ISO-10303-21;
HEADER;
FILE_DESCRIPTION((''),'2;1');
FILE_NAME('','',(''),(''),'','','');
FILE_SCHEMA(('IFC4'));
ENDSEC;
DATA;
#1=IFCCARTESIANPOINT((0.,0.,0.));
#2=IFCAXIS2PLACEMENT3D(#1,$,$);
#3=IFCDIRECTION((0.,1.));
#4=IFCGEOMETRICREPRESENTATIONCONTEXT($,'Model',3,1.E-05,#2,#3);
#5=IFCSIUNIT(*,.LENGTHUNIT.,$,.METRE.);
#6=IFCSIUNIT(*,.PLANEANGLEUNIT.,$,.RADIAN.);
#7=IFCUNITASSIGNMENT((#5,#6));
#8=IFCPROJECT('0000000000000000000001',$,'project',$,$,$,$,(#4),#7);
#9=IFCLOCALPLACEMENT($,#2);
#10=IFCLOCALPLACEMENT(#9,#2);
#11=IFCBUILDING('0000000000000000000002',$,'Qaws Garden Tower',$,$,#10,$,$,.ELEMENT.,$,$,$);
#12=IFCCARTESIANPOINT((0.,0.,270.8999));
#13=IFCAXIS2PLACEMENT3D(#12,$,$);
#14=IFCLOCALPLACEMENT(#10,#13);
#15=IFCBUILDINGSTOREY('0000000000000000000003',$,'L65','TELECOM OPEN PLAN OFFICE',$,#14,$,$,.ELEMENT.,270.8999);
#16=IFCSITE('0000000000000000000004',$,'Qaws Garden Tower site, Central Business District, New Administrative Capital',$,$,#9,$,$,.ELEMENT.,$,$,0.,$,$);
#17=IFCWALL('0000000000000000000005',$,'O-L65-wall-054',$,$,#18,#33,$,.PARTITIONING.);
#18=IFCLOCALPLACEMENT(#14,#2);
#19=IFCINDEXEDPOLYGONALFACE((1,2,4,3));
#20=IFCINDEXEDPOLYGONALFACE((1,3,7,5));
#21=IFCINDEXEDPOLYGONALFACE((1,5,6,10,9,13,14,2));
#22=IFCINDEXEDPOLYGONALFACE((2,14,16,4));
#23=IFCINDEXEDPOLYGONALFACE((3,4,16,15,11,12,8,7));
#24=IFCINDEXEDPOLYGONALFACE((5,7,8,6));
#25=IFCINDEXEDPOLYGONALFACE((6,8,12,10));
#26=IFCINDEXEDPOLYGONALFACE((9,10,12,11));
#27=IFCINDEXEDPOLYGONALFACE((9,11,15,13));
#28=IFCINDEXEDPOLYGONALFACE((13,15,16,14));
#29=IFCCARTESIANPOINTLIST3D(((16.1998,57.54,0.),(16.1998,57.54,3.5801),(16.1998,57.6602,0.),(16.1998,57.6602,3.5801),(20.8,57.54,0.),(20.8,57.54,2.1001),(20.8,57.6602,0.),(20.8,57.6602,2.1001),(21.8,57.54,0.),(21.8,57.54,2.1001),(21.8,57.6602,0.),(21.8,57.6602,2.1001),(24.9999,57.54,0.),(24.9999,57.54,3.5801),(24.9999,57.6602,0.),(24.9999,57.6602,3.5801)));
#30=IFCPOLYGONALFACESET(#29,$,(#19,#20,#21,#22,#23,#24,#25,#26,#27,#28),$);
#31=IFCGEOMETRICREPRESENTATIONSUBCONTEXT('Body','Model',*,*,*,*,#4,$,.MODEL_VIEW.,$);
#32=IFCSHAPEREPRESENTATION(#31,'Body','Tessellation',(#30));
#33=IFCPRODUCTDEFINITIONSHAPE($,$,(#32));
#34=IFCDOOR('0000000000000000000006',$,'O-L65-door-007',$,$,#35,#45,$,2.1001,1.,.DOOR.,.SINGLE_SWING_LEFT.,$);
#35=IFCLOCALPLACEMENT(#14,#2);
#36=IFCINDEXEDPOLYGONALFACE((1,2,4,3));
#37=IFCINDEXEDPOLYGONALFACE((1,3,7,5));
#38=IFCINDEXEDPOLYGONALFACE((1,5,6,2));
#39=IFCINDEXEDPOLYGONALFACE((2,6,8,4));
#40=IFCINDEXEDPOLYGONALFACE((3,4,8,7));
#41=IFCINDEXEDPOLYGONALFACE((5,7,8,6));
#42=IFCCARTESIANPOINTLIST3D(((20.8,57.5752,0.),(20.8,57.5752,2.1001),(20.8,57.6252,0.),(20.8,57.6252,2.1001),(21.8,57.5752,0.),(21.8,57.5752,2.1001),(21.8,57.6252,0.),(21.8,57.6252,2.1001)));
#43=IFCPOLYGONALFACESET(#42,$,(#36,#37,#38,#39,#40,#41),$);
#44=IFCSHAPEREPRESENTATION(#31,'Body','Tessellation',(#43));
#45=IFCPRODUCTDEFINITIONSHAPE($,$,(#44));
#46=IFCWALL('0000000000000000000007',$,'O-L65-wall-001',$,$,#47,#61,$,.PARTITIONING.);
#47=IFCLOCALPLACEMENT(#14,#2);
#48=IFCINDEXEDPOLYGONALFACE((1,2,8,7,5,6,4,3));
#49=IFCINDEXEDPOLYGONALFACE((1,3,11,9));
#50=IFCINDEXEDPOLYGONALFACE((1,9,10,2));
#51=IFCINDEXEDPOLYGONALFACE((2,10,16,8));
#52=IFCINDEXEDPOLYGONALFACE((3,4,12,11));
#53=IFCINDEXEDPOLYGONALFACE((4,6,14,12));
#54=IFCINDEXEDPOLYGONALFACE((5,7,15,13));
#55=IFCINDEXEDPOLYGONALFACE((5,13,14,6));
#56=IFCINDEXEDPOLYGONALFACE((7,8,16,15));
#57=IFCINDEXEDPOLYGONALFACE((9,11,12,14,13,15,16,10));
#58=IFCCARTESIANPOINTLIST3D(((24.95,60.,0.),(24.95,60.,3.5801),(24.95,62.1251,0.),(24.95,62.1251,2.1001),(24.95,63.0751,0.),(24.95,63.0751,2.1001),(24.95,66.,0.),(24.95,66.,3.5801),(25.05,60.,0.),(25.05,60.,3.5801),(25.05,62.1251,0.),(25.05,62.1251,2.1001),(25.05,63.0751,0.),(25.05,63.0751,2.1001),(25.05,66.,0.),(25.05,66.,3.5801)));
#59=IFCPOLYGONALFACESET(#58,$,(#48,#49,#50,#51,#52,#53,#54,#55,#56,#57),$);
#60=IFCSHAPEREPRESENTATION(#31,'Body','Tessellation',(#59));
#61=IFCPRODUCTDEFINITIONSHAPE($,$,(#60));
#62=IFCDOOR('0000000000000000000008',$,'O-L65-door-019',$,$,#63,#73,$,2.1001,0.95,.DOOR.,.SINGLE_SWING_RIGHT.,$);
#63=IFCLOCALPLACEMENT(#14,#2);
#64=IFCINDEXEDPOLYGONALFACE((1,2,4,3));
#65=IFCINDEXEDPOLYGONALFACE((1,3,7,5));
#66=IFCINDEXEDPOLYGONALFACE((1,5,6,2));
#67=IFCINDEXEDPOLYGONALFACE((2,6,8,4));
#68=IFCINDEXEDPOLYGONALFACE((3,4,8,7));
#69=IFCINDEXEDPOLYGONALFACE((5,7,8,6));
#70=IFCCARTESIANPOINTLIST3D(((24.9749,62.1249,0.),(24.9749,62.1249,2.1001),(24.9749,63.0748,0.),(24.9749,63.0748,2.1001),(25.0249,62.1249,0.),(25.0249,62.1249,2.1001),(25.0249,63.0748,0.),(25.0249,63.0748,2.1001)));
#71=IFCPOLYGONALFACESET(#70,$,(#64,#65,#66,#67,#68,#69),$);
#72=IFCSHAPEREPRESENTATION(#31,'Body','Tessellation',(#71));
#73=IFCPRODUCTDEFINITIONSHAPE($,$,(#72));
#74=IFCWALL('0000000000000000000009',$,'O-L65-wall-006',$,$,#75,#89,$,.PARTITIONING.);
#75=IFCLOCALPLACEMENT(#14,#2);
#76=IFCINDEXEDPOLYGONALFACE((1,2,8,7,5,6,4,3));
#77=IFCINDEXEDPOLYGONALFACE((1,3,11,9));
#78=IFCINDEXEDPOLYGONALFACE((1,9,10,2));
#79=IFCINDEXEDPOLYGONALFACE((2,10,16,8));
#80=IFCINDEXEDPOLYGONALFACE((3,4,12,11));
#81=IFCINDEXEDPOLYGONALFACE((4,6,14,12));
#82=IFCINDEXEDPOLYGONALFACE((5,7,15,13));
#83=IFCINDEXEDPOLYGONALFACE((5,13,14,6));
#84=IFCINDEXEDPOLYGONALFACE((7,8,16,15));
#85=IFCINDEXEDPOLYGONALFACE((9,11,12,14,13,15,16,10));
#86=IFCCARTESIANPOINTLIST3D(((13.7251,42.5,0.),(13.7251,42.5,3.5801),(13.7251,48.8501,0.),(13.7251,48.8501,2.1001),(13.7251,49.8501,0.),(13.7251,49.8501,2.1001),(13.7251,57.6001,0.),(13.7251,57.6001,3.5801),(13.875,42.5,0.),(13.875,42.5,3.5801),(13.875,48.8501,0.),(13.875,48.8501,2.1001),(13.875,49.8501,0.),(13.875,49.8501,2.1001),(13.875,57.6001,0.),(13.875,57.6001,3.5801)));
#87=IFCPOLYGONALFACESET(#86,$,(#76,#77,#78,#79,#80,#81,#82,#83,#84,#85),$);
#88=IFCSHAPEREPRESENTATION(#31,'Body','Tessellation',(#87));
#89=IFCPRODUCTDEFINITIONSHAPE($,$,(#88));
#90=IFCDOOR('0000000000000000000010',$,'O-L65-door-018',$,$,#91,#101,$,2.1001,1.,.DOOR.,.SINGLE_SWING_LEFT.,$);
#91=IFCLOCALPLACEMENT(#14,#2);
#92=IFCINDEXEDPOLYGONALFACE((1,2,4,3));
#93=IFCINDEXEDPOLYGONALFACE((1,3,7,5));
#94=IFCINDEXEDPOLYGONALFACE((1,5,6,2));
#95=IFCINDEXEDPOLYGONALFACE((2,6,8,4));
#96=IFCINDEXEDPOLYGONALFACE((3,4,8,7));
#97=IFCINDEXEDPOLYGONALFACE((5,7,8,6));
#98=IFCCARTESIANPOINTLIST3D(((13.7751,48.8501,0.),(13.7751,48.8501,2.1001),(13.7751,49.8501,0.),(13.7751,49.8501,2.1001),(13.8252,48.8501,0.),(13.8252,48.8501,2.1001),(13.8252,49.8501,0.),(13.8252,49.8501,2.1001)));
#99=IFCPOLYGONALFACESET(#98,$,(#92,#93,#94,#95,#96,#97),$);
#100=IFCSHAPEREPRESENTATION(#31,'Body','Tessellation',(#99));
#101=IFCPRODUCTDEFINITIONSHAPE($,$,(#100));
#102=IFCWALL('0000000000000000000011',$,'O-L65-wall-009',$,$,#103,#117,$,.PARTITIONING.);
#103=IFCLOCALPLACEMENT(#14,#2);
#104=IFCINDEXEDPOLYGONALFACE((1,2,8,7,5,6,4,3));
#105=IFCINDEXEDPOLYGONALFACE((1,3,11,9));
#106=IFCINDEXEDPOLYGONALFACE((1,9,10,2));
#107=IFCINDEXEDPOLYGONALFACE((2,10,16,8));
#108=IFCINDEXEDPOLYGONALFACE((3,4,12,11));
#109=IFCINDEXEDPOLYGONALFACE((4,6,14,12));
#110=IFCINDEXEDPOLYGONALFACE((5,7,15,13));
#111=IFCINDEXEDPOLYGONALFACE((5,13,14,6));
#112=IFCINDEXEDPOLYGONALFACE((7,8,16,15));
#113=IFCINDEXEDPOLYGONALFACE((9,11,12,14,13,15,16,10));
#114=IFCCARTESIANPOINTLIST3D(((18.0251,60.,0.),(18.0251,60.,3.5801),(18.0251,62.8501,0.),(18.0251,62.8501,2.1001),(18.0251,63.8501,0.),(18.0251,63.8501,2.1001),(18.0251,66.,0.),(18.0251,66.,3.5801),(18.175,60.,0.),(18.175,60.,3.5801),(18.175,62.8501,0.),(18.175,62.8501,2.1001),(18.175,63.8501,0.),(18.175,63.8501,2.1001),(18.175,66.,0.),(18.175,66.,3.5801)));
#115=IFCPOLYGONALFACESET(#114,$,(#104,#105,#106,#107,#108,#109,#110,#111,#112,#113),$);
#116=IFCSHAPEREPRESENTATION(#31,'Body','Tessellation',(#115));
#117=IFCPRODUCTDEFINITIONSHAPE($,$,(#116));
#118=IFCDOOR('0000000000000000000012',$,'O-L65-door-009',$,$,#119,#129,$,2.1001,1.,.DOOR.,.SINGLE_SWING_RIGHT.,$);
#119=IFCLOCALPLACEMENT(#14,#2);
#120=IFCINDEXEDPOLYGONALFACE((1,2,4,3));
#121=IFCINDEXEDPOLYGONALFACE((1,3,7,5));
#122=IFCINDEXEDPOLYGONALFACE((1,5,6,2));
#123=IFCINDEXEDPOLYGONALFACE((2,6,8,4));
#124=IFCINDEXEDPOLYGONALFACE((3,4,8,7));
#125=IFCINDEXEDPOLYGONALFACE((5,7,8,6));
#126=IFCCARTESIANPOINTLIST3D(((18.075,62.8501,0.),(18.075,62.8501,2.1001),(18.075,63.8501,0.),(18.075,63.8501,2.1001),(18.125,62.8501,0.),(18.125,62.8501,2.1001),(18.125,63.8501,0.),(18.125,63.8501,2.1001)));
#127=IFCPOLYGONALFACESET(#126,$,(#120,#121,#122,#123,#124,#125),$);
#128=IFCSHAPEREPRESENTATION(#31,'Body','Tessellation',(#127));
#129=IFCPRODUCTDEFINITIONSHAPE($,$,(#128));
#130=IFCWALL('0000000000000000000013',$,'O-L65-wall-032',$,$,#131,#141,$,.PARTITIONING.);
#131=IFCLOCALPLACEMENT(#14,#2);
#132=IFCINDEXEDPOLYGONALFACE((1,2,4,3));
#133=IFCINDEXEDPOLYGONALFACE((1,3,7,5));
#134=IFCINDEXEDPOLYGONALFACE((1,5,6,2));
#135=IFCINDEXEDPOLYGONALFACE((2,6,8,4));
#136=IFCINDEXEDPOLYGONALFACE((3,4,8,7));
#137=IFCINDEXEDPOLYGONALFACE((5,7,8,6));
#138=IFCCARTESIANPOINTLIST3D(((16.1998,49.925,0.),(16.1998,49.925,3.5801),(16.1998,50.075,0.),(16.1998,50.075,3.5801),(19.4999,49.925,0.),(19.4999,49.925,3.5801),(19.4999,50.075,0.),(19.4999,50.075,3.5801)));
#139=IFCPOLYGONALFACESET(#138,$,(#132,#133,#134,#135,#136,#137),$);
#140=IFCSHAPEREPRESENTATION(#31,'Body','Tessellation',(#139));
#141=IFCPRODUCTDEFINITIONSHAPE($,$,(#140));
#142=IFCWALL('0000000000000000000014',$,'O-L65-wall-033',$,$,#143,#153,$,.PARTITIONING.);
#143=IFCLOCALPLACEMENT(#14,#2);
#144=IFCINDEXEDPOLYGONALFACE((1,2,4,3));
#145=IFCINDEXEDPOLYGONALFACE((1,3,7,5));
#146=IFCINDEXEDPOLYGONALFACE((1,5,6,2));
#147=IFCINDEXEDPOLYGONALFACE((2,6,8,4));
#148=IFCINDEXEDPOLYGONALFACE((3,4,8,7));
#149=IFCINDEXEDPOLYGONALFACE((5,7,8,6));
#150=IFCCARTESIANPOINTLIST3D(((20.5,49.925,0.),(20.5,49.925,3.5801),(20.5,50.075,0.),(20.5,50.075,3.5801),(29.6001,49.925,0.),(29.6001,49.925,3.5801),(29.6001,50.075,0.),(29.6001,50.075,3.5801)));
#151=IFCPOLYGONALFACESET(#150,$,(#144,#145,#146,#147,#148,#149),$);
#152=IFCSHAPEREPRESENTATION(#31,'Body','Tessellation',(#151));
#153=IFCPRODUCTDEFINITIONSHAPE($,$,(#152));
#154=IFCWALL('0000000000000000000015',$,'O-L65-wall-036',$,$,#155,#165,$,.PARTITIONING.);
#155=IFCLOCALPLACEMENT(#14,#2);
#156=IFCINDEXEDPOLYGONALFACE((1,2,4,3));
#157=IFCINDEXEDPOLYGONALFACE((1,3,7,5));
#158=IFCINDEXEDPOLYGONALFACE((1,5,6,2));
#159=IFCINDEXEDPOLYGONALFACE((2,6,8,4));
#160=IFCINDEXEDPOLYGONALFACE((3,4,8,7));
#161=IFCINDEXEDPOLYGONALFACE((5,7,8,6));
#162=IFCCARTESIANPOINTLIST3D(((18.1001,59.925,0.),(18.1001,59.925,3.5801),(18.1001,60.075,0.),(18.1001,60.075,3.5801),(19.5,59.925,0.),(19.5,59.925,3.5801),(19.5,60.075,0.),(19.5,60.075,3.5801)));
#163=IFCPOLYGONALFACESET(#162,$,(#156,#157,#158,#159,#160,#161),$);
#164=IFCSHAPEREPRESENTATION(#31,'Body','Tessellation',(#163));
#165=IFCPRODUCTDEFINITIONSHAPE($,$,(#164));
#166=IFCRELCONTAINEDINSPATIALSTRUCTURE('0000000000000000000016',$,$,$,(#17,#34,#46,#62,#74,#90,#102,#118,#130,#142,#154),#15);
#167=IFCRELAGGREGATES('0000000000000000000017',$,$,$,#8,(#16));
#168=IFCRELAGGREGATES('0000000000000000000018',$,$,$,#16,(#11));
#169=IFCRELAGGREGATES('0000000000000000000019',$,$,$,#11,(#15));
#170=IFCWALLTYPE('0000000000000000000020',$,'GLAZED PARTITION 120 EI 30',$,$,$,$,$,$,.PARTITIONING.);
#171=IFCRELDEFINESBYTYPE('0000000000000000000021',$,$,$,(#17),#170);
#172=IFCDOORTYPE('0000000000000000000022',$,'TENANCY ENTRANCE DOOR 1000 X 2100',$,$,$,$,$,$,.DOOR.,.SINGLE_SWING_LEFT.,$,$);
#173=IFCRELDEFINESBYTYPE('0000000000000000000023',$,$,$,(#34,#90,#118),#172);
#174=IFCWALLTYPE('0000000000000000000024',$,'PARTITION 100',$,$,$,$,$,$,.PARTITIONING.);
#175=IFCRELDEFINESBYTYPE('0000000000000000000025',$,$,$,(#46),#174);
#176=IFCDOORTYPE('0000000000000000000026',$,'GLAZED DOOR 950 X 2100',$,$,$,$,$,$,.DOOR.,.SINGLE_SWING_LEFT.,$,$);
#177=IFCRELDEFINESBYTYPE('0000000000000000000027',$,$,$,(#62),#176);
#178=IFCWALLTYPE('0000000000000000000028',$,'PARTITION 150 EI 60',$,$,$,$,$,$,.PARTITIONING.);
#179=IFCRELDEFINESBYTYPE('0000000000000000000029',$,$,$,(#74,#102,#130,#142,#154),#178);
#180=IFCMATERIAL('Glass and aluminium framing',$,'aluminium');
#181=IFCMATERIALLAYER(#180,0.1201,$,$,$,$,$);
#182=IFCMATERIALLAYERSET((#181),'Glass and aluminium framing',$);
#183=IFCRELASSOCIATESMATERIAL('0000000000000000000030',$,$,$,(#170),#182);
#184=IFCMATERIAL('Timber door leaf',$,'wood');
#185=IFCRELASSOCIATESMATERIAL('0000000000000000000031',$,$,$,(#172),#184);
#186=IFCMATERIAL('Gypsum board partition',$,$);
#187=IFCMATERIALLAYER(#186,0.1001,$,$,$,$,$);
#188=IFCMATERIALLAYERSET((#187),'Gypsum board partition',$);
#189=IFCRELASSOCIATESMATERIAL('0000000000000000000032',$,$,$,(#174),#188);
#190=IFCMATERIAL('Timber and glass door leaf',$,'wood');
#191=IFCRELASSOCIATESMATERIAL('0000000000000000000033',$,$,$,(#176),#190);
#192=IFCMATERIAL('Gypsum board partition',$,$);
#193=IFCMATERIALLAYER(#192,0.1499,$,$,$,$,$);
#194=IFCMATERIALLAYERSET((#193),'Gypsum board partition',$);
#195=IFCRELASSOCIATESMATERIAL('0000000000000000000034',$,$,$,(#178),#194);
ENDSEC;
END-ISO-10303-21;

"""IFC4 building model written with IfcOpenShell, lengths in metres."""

from ifc_helpers import new_model, si_unit, direction, frame, frame_2d, origin, place, context, subcontext, project, spatial, rectangle, extrude, material, layer, layer_set, type_object, element, fill, save


model = new_model("IFC4")

# Units and contexts
model_context = context("Model", 3, precision=1e-05, world=origin(), true_north=direction((0.0, 1.0)))
body_context = subcontext(model_context, "Body", "Model", "MODEL_VIEW")
ifc_project = project(units=[si_unit("LENGTHUNIT", "METRE"), si_unit("PLANEANGLEUNIT", "RADIAN")], contexts=[model_context])

# Site, building, storey
site_placement = place(None, origin())
site = spatial("IfcSite", under=ifc_project, at=site_placement, Name="Qaws Garden Tower site, Central Business District, New Administrative Capital", CompositionType="ELEMENT", RefElevation=0.0)
building_placement = place(site_placement, origin())
building = spatial("IfcBuilding", under=site, at=building_placement, Name="Qaws Garden Tower", CompositionType="ELEMENT")
storey_placement = place(building_placement, frame((0.0, 0.0, 270.8999)))
storey = spatial("IfcBuildingStorey", under=building, at=storey_placement, Name="L65", Description="TELECOM OPEN PLAN OFFICE", CompositionType="ELEMENT", Elevation=270.8999)

# Shared definitions
ifc_material_1 = material(Name="Glass and aluminium framing", Category="aluminium")
ifc_layer_1 = layer(ifc_material_1, 0.1201)
ifc_layer_set_1 = layer_set([ifc_layer_1], Name="Glass and aluminium framing")
wall_type_1 = type_object("IfcWallType", Name="GLAZED PARTITION 120 EI 30", PredefinedType="PARTITIONING", material=ifc_layer_set_1)

# Walls, openings, doors
wall_1_placement = place(storey_placement, frame((16.2, 57.6001, 0.0), z_axis=(0.0, 0.0, 1.0), x_axis=(1.0, 0.0, 0.0)))
wall_1 = element("IfcWall", 1, at=wall_1_placement, inside=storey, type_object=wall_type_1, Name="O-L65-wall-054", PredefinedType="PARTITIONING", context=body_context, shape_type="SweptSolid", body=[
    extrude(rectangle(XDim=8.8, YDim=0.1201, at=frame_2d((4.3999, 0.0))), origin(), (0.0, 0.0, 1.0), 3.5801),
])
opening_1_placement = place(wall_1_placement, frame((4.6001, 0.0, 0.0)))
opening_1 = element("IfcOpeningElement", 2, at=opening_1_placement, cuts=wall_1, PredefinedType="OPENING", context=body_context, shape_type="SweptSolid", body=[
    extrude(rectangle(XDim=1.0, YDim=2.1001, at=frame_2d((0.5, 1.05))), frame((0.0, 0.0701, 0.0), z_axis=(0.0, -1.0, 0.0), x_axis=(1.0, 0.0, 0.0)), (0.0, 0.0, 1.0), 0.1401),
])
ifc_material_2 = material(Name="Timber door leaf", Category="wood")
door_type_1 = type_object("IfcDoorType", Name="TENANCY ENTRANCE DOOR 1000 X 2100", OperationType="SINGLE_SWING_LEFT", PredefinedType="DOOR", material=ifc_material_2)
door_1_placement = place(opening_1_placement, frame((1.0, 0.0, 0.0), z_axis=(0.0, 0.0, 1.0), x_axis=(-1.0, 0.0, 0.0)))
door_1 = element("IfcDoor", 3, at=door_1_placement, inside=storey, type_object=door_type_1, Name="O-L65-door-007", OperationType="SINGLE_SWING_LEFT", OverallHeight=2.1001, OverallWidth=1.0, PredefinedType="DOOR", context=body_context, shape_type="SweptSolid", body=[
    extrude(rectangle(XDim=1.0, YDim=2.1001, at=frame_2d((0.5, 1.05))), frame((0.0, 0.0249, 0.0), z_axis=(0.0, -1.0, 0.0), x_axis=(1.0, 0.0, 0.0)), (0.0, 0.0, 1.0), 0.05),
])
fill(opening_1, door_1)
ifc_material_3 = material(Name="Gypsum board partition")
ifc_layer_2 = layer(ifc_material_3, 0.1001)
ifc_layer_set_2 = layer_set([ifc_layer_2], Name="Gypsum board partition")
wall_type_2 = type_object("IfcWallType", Name="PARTITION 100", PredefinedType="PARTITIONING", material=ifc_layer_set_2)
wall_2_placement = place(storey_placement, frame((25.0, 60.0, 0.0), z_axis=(0.0, 0.0, 1.0), x_axis=(0.0, 1.0, 0.0)))
wall_2 = element("IfcWall", 4, at=wall_2_placement, inside=storey, type_object=wall_type_2, Name="O-L65-wall-001", PredefinedType="PARTITIONING", context=body_context, shape_type="SweptSolid", body=[
    extrude(rectangle(XDim=6.0, YDim=0.1001, at=frame_2d((3.0, 0.0))), origin(), (0.0, 0.0, 1.0), 3.5801),
])
opening_2_placement = place(wall_2_placement, frame((2.125, 0.0, 0.0)))
opening_2 = element("IfcOpeningElement", 5, at=opening_2_placement, cuts=wall_2, PredefinedType="OPENING", context=body_context, shape_type="SweptSolid", body=[
    extrude(rectangle(XDim=0.95, YDim=2.1001, at=frame_2d((0.4751, 1.05))), frame((0.0, 0.0601, 0.0), z_axis=(0.0, -1.0, 0.0), x_axis=(1.0, 0.0, 0.0)), (0.0, 0.0, 1.0), 0.1201),
])
ifc_material_4 = material(Name="Timber and glass door leaf", Category="wood")
door_type_2 = type_object("IfcDoorType", Name="GLAZED DOOR 950 X 2100", OperationType="SINGLE_SWING_LEFT", PredefinedType="DOOR", material=ifc_material_4)
door_2_placement = place(opening_2_placement, frame((0.95, 0.0, 0.0), z_axis=(0.0, 0.0, 1.0), x_axis=(-1.0, 0.0, 0.0)))
door_2 = element("IfcDoor", 6, at=door_2_placement, inside=storey, type_object=door_type_2, Name="O-L65-door-019", OperationType="SINGLE_SWING_RIGHT", OverallHeight=2.1001, OverallWidth=0.95, PredefinedType="DOOR", context=body_context, shape_type="SweptSolid", body=[
    extrude(rectangle(XDim=0.95, YDim=2.1001, at=frame_2d((0.4751, 1.05))), frame((0.0, 0.0249, 0.0), z_axis=(0.0, -1.0, 0.0), x_axis=(1.0, 0.0, 0.0)), (0.0, 0.0, 1.0), 0.05),
])
fill(opening_2, door_2)
ifc_material_5 = material(Name="Gypsum board partition")
ifc_layer_3 = layer(ifc_material_5, 0.1499)
ifc_layer_set_3 = layer_set([ifc_layer_3], Name="Gypsum board partition")
wall_type_3 = type_object("IfcWallType", Name="PARTITION 150 EI 60", PredefinedType="PARTITIONING", material=ifc_layer_set_3)
wall_3_placement = place(storey_placement, frame((13.8, 42.5, 0.0), z_axis=(0.0, 0.0, 1.0), x_axis=(0.0, 1.0, 0.0)))
wall_3 = element("IfcWall", 7, at=wall_3_placement, inside=storey, type_object=wall_type_3, Name="O-L65-wall-006", PredefinedType="PARTITIONING", context=body_context, shape_type="SweptSolid", body=[
    extrude(rectangle(XDim=15.1001, YDim=0.1499, at=frame_2d((7.55, 0.0))), origin(), (0.0, 0.0, 1.0), 3.5801),
])
opening_3_placement = place(wall_3_placement, frame((6.3501, 0.0, 0.0)))
opening_3 = element("IfcOpeningElement", 8, at=opening_3_placement, cuts=wall_3, PredefinedType="OPENING", context=body_context, shape_type="SweptSolid", body=[
    extrude(rectangle(XDim=1.0, YDim=2.1001, at=frame_2d((0.5, 1.05))), frame((0.0, 0.085, 0.0), z_axis=(0.0, -1.0, 0.0), x_axis=(1.0, 0.0, 0.0)), (0.0, 0.0, 1.0), 0.1699),
])
door_3_placement = place(opening_3_placement, origin())
door_3 = element("IfcDoor", 9, at=door_3_placement, inside=storey, type_object=door_type_1, Name="O-L65-door-018", OperationType="SINGLE_SWING_LEFT", OverallHeight=2.1001, OverallWidth=1.0, PredefinedType="DOOR", context=body_context, shape_type="SweptSolid", body=[
    extrude(rectangle(XDim=1.0, YDim=2.1001, at=frame_2d((0.5, 1.05))), frame((0.0, 0.0249, 0.0), z_axis=(0.0, -1.0, 0.0), x_axis=(1.0, 0.0, 0.0)), (0.0, 0.0, 1.0), 0.05),
])
fill(opening_3, door_3)
wall_4_placement = place(storey_placement, frame((18.1001, 60.0, 0.0), z_axis=(0.0, 0.0, 1.0), x_axis=(0.0, 1.0, 0.0)))
wall_4 = element("IfcWall", 10, at=wall_4_placement, inside=storey, type_object=wall_type_3, Name="O-L65-wall-009", PredefinedType="PARTITIONING", context=body_context, shape_type="SweptSolid", body=[
    extrude(rectangle(XDim=6.0, YDim=0.1499, at=frame_2d((3.0, 0.0))), origin(), (0.0, 0.0, 1.0), 3.5801),
])
opening_4_placement = place(wall_4_placement, frame((2.8501, 0.0, 0.0)))
opening_4 = element("IfcOpeningElement", 11, at=opening_4_placement, cuts=wall_4, PredefinedType="OPENING", context=body_context, shape_type="SweptSolid", body=[
    extrude(rectangle(XDim=1.0, YDim=2.1001, at=frame_2d((0.5, 1.05))), frame((0.0, 0.085, 0.0), z_axis=(0.0, -1.0, 0.0), x_axis=(1.0, 0.0, 0.0)), (0.0, 0.0, 1.0), 0.1699),
])
door_4_placement = place(opening_4_placement, frame((1.0, 0.0, 0.0), z_axis=(0.0, 0.0, 1.0), x_axis=(-1.0, 0.0, 0.0)))
door_4 = element("IfcDoor", 12, at=door_4_placement, inside=storey, type_object=door_type_1, Name="O-L65-door-009", OperationType="SINGLE_SWING_RIGHT", OverallHeight=2.1001, OverallWidth=1.0, PredefinedType="DOOR", context=body_context, shape_type="SweptSolid", body=[
    extrude(rectangle(XDim=1.0, YDim=2.1001, at=frame_2d((0.5, 1.05))), frame((0.0, 0.0249, 0.0), z_axis=(0.0, -1.0, 0.0), x_axis=(1.0, 0.0, 0.0)), (0.0, 0.0, 1.0), 0.05),
])
fill(opening_4, door_4)

# Walls
wall_5_placement = place(storey_placement, frame((16.2, 50.0, 0.0), z_axis=(0.0, 0.0, 1.0), x_axis=(1.0, 0.0, 0.0)))
element("IfcWall", 13, at=wall_5_placement, inside=storey, type_object=wall_type_3, Name="O-L65-wall-032", PredefinedType="PARTITIONING", context=body_context, shape_type="SweptSolid", body=[
    extrude(rectangle(XDim=3.3, YDim=0.1499, at=frame_2d((1.6499, 0.0))), origin(), (0.0, 0.0, 1.0), 3.5801),
])
wall_6_placement = place(storey_placement, frame((20.5, 50.0, 0.0), z_axis=(0.0, 0.0, 1.0), x_axis=(1.0, 0.0, 0.0)))
element("IfcWall", 14, at=wall_6_placement, inside=storey, type_object=wall_type_3, Name="O-L65-wall-033", PredefinedType="PARTITIONING", context=body_context, shape_type="SweptSolid", body=[
    extrude(rectangle(XDim=9.1001, YDim=0.1499, at=frame_2d((4.55, 0.0))), origin(), (0.0, 0.0, 1.0), 3.5801),
])
wall_7_placement = place(storey_placement, frame((18.1001, 60.0, 0.0), z_axis=(0.0, 0.0, 1.0), x_axis=(1.0, 0.0, 0.0)))
element("IfcWall", 15, at=wall_7_placement, inside=storey, type_object=wall_type_3, Name="O-L65-wall-036", PredefinedType="PARTITIONING", context=body_context, shape_type="SweptSolid", body=[
    extrude(rectangle(XDim=1.3999, YDim=0.1499, at=frame_2d((0.7, 0.0))), origin(), (0.0, 0.0, 1.0), 3.5801),
])

save(model, "model.ifc")
